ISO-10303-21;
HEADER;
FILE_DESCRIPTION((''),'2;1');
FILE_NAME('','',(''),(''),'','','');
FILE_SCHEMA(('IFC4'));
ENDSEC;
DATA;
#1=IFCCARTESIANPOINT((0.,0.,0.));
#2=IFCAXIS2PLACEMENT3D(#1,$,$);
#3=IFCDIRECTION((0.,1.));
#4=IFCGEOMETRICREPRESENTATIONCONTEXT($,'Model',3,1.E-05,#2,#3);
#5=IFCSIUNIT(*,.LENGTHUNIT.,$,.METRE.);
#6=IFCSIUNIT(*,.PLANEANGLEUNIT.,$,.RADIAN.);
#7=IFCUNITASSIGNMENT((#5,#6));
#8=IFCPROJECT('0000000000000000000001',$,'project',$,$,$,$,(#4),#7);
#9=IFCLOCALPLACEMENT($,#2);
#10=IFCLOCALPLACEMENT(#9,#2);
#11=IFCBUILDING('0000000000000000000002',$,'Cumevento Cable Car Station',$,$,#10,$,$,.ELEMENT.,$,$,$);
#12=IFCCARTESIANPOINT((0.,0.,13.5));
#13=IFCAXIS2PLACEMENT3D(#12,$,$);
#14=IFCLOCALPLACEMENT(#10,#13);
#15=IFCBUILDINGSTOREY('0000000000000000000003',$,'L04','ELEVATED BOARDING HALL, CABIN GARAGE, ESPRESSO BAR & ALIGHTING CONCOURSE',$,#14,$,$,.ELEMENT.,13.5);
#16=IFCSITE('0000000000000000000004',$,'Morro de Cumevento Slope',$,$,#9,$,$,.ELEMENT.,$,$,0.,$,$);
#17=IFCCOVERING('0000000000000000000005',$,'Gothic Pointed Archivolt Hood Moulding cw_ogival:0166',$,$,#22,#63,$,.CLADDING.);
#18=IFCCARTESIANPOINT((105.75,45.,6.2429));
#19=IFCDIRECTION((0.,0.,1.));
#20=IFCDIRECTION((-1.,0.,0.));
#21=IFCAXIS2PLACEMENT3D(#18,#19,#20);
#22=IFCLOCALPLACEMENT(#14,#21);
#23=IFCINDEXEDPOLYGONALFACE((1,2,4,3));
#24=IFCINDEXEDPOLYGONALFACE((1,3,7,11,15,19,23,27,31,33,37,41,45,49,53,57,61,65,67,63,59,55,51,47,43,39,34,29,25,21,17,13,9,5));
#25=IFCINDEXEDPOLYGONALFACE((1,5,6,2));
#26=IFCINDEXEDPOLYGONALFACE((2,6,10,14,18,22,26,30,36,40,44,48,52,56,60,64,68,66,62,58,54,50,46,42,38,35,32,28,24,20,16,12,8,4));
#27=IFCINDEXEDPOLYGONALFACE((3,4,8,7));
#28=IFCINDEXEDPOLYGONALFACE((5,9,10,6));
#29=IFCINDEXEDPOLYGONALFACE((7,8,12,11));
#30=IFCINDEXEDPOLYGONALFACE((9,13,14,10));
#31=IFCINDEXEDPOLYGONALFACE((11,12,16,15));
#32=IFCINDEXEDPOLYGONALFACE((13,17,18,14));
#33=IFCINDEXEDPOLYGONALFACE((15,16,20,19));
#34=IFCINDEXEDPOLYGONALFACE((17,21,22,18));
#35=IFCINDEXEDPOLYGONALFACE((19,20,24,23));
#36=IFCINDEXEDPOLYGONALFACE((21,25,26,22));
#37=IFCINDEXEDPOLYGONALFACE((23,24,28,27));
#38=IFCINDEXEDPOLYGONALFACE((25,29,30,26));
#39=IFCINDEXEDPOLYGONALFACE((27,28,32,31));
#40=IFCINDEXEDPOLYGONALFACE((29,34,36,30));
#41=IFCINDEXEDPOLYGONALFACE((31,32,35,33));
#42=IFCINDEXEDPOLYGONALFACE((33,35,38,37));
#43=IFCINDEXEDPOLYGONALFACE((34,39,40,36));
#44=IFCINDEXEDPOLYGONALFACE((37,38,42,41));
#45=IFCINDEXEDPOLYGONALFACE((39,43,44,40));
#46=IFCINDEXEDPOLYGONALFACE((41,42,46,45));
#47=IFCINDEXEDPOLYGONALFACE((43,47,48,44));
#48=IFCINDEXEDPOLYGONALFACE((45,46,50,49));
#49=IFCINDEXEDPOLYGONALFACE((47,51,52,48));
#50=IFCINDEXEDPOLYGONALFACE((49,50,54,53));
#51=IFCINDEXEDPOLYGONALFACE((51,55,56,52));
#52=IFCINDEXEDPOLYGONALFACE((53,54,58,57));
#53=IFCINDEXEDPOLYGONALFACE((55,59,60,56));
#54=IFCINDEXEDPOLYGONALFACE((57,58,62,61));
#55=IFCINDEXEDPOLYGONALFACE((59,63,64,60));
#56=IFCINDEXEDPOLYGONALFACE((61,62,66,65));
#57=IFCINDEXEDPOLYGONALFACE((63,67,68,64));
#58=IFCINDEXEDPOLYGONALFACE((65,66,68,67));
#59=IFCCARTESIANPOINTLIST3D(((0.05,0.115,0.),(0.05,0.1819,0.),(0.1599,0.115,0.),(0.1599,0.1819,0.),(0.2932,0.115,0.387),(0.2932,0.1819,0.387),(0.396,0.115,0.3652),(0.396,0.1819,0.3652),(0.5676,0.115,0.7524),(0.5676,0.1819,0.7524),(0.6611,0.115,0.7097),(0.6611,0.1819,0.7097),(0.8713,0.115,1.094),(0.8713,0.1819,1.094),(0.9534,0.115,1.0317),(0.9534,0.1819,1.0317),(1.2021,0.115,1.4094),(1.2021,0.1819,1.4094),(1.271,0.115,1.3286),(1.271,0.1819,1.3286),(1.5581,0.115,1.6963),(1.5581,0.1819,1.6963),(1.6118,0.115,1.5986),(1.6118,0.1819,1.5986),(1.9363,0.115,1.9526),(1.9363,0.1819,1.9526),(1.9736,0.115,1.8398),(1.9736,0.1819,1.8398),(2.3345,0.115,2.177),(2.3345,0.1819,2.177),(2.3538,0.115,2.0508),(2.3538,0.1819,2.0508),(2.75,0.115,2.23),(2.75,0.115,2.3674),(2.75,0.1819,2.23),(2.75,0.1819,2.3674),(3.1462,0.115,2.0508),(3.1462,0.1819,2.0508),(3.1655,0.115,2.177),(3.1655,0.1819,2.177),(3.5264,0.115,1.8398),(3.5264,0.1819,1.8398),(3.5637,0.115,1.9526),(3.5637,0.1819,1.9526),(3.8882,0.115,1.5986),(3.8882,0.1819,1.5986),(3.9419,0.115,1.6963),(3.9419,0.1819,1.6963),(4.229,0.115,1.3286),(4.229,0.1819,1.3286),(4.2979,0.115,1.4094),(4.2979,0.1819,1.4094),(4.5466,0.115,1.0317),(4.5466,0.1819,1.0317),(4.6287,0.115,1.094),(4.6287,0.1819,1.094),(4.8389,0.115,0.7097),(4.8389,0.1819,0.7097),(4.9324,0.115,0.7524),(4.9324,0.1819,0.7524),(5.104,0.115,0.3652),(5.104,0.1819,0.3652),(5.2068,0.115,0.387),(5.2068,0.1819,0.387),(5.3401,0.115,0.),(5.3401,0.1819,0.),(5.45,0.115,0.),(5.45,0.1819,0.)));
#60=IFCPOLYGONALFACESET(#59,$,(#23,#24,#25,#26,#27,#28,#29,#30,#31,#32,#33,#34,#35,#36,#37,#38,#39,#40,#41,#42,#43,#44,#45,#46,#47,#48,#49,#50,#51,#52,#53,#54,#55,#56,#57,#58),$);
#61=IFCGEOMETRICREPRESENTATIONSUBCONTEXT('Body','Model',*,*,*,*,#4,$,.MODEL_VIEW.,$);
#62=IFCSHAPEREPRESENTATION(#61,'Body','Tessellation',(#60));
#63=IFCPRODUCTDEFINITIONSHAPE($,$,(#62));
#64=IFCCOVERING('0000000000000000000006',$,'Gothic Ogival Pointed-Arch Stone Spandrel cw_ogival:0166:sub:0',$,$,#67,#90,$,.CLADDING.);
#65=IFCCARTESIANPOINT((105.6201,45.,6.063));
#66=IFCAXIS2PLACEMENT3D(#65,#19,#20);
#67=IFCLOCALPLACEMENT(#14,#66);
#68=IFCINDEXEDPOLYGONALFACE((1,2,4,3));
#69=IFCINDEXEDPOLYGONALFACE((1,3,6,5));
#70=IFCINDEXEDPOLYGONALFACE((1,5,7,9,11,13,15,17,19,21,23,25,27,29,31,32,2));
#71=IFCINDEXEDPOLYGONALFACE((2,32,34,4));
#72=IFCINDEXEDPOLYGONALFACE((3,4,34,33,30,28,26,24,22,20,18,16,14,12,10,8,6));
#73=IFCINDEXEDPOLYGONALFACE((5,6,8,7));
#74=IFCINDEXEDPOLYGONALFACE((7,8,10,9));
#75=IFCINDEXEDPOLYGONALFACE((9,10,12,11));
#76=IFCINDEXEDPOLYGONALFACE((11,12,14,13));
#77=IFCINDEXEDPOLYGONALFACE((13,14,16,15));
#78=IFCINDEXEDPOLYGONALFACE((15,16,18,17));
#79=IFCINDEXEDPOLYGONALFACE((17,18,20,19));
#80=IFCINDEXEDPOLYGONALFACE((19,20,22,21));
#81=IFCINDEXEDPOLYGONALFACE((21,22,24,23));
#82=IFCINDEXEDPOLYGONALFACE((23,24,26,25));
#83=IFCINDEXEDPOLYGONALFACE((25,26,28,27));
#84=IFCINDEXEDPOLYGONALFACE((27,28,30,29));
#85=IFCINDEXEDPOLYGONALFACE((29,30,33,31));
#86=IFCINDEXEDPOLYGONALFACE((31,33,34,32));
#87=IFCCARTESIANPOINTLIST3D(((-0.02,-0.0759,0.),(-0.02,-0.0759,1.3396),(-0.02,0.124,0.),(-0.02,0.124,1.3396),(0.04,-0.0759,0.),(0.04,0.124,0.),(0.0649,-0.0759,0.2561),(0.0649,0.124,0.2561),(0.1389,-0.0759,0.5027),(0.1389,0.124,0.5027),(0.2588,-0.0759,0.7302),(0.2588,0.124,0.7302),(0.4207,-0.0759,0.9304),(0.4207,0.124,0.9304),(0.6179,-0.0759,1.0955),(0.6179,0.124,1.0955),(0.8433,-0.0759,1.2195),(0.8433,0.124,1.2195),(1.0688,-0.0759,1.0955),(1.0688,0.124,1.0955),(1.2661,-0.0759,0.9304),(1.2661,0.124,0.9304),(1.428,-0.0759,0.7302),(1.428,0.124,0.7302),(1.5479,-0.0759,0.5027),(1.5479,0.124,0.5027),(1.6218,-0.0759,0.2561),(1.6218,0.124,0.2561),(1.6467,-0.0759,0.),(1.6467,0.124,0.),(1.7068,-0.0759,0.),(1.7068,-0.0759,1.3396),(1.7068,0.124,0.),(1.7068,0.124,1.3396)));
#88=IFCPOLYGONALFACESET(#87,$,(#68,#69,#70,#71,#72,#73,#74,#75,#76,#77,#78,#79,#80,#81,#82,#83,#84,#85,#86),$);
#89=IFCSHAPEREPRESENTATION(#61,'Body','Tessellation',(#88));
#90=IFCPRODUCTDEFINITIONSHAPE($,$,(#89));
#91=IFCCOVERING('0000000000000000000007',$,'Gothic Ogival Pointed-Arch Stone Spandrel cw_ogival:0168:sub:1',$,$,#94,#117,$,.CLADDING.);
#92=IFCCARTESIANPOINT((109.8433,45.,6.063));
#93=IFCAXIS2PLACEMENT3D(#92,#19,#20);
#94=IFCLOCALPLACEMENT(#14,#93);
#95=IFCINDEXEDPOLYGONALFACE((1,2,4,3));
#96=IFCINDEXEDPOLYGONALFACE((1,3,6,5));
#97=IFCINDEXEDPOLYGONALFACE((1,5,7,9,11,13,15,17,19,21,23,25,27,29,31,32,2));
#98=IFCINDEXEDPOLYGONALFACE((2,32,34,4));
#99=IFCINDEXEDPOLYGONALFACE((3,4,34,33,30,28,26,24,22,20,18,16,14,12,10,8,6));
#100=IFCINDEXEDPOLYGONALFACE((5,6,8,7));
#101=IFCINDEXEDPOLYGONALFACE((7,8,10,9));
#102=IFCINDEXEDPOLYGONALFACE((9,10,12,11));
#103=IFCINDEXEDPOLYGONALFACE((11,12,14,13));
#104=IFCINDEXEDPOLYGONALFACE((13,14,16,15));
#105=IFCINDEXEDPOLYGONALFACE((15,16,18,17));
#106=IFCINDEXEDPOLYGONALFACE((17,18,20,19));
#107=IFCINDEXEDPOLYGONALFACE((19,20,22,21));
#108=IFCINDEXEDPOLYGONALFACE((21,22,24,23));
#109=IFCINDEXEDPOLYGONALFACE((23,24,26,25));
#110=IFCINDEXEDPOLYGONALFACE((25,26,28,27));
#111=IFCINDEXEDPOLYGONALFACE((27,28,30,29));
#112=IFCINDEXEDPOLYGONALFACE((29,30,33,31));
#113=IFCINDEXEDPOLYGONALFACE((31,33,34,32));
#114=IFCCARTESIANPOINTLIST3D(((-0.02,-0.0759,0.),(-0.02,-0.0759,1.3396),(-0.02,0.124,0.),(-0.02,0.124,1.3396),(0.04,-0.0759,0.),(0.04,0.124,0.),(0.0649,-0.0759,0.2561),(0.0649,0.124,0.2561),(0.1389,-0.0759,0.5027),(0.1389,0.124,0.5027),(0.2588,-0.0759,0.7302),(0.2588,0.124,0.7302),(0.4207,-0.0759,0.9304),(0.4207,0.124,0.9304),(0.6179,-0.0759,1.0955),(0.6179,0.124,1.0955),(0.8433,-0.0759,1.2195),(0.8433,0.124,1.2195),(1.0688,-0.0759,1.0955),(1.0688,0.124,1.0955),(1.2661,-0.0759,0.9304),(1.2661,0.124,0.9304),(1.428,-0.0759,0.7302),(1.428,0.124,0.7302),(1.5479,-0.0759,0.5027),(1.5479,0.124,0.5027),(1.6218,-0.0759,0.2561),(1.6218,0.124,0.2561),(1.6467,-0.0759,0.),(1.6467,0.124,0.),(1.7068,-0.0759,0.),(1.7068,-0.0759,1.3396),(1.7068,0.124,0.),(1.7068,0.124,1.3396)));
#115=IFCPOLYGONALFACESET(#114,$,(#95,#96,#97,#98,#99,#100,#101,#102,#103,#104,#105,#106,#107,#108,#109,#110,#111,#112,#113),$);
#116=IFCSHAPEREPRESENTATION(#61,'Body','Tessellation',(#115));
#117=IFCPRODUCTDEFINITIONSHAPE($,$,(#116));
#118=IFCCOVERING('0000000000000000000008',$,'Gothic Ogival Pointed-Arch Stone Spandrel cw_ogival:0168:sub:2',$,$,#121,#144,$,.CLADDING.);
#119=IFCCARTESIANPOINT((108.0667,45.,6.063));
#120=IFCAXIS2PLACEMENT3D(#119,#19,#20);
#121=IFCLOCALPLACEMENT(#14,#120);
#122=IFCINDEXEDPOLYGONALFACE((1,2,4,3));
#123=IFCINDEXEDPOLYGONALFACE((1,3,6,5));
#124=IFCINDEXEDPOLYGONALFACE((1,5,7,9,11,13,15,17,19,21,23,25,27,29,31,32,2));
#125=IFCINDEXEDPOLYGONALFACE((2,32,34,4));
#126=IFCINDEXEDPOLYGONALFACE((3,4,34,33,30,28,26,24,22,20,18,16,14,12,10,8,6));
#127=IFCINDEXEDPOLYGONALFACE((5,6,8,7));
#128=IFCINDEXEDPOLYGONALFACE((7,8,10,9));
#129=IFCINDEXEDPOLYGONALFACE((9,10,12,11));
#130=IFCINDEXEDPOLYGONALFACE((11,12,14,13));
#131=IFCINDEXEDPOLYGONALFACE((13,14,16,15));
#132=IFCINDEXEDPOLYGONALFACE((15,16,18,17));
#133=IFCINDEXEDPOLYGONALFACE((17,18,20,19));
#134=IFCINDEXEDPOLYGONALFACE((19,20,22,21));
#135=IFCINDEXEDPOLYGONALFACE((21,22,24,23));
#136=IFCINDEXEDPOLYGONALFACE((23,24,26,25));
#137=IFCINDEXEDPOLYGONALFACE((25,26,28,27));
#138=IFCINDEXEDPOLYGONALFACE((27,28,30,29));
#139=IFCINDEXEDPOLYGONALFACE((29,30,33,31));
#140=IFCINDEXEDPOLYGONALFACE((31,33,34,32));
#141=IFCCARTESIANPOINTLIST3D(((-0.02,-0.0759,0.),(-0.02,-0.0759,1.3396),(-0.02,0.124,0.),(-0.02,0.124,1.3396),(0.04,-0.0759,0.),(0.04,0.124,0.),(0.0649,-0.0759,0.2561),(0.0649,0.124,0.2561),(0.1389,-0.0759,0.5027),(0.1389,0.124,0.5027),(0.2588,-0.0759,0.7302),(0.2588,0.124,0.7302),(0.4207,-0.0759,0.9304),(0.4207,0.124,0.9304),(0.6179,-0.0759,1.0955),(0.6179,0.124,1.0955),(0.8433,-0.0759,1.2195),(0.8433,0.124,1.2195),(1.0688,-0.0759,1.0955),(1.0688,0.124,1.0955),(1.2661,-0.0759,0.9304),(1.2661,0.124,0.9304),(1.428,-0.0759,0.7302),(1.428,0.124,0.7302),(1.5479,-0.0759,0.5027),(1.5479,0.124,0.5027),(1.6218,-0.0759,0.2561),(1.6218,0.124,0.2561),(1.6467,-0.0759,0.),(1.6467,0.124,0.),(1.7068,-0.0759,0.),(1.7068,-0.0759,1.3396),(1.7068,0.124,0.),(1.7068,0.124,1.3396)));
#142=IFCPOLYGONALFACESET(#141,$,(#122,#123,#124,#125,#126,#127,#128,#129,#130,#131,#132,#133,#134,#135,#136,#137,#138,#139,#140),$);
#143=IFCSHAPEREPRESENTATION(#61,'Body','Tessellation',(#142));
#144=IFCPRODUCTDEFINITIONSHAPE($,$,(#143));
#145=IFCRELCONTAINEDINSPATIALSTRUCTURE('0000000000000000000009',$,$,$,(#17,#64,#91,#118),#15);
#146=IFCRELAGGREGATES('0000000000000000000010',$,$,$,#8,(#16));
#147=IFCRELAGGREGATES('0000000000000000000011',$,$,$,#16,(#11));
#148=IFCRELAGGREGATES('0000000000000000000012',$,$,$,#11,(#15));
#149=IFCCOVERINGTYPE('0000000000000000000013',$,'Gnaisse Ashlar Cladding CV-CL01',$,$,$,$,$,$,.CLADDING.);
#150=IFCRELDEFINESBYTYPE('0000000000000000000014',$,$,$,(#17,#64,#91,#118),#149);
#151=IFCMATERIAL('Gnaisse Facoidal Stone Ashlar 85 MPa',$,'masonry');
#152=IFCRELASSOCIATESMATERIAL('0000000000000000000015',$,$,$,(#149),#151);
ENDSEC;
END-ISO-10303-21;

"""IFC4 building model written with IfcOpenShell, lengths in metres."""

from ifc_helpers import new_model, si_unit, direction, frame, origin, place, context, subcontext, project, spatial, polyline, outline, extrude, material, type_object, element, save


model = new_model("IFC4")

# Units and contexts
model_context = context("Model", 3, precision=1e-05, world=origin(), true_north=direction((0.0, 1.0)))
body_context = subcontext(model_context, "Body", "Model", "MODEL_VIEW")
ifc_project = project(units=[si_unit("LENGTHUNIT", "METRE"), si_unit("PLANEANGLEUNIT", "RADIAN")], contexts=[model_context])

# Site, building, storey
site_placement = place(None, origin())
site = spatial("IfcSite", under=ifc_project, at=site_placement, Name="Morro de Cumevento Slope", CompositionType="ELEMENT", RefElevation=0.0)
building_placement = place(site_placement, origin())
building = spatial("IfcBuilding", under=site, at=building_placement, Name="Cumevento Cable Car Station", CompositionType="ELEMENT")
storey_placement = place(building_placement, frame((0.0, 0.0, 13.5)))
storey = spatial("IfcBuildingStorey", under=building, at=storey_placement, Name="L04", Description="ELEVATED BOARDING HALL, CABIN GARAGE, ESPRESSO BAR & ALIGHTING CONCOURSE", CompositionType="ELEMENT", Elevation=13.5)

# Coverings
ifc_material_1 = material(Name="Gnaisse Facoidal Stone Ashlar 85 MPa", Category="masonry")
covering_type = type_object("IfcCoveringType", Name="Gnaisse Ashlar Cladding CV-CL01", PredefinedType="CLADDING", material=ifc_material_1)
covering_placement = place(storey_placement, frame((105.75, 45.0, 6.2429), z_axis=(0.0, 0.0, 1.0), x_axis=(-1.0, 0.0, 0.0)))
element("IfcCovering", 1, at=covering_placement, inside=storey, type_object=covering_type, Name="Gothic Pointed Archivolt Hood Moulding cw_ogival:0166", PredefinedType="CLADDING", context=body_context, shape_type="SweptSolid", body=[
    extrude(outline(polyline([(0.1599, 0.0), (0.396, 0.3652), (0.6611, 0.7097), (0.9534, 1.0317), (1.271, 1.3286), (1.6118, 1.5986), (1.9736, 1.8398), (2.3538, 2.0508), (2.75, 2.23), (3.1462, 2.0508), (3.5264, 1.8398), (3.8882, 1.5986), (4.229, 1.3286), (4.5466, 1.0317), (4.8389, 0.7097), (5.104, 0.3652), (5.3401, 0.0), (5.45, 0.0), (5.2068, 0.387), (4.9324, 0.7524), (4.6287, 1.094), (4.2979, 1.4094), (3.9419, 1.6963), (3.5637, 1.9526), (3.1655, 2.177), (2.75, 2.3674), (2.3345, 2.177), (1.9363, 1.9526), (1.5581, 1.6963), (1.2021, 1.4094), (0.8713, 1.094), (0.5676, 0.7524), (0.2932, 0.387), (0.05, 0.0), (0.1599, 0.0)])), frame((0.0, 0.1819, 0.0), z_axis=(0.0, -1.0, 0.0), x_axis=(1.0, 0.0, 0.0)), (0.0, 0.0, 1.0), 0.0669),
])
for number, where, z_axis, x_axis, name in (
    (2, (105.6201, 45.0, 6.063), (0.0, 0.0, 1.0), (-1.0, 0.0, 0.0), "Gothic Ogival Pointed-Arch Stone Spandrel cw_ogival:0166:sub:0"),
    (3, (109.8433, 45.0, 6.063), (0.0, 0.0, 1.0), (-1.0, 0.0, 0.0), "Gothic Ogival Pointed-Arch Stone Spandrel cw_ogival:0168:sub:1"),
    (4, (108.0667, 45.0, 6.063), (0.0, 0.0, 1.0), (-1.0, 0.0, 0.0), "Gothic Ogival Pointed-Arch Stone Spandrel cw_ogival:0168:sub:2"),
):
    element("IfcCovering", number, at=place(storey_placement, frame(where, z_axis=z_axis, x_axis=x_axis)), inside=storey, type_object=covering_type, Name=name, PredefinedType="CLADDING", context=body_context, shape_type="SweptSolid", body=[
        extrude(outline(polyline([(-0.02, 0.0), (-0.02, 1.3396), (1.7068, 1.3396), (1.7068, 0.0), (1.6467, 0.0), (1.6218, 0.2561), (1.5479, 0.5027), (1.428, 0.7302), (1.2661, 0.9304), (1.0688, 1.0955), (0.8433, 1.2195), (0.6179, 1.0955), (0.4207, 0.9304), (0.2588, 0.7302), (0.1389, 0.5027), (0.0649, 0.2561), (0.04, 0.0), (-0.02, 0.0)])), frame((0.0, 0.124, 0.0), z_axis=(0.0, -1.0, 0.0), x_axis=(1.0, 0.0, 0.0)), (0.0, 0.0, 1.0), 0.2),
    ])

save(model, "model.ifc")
